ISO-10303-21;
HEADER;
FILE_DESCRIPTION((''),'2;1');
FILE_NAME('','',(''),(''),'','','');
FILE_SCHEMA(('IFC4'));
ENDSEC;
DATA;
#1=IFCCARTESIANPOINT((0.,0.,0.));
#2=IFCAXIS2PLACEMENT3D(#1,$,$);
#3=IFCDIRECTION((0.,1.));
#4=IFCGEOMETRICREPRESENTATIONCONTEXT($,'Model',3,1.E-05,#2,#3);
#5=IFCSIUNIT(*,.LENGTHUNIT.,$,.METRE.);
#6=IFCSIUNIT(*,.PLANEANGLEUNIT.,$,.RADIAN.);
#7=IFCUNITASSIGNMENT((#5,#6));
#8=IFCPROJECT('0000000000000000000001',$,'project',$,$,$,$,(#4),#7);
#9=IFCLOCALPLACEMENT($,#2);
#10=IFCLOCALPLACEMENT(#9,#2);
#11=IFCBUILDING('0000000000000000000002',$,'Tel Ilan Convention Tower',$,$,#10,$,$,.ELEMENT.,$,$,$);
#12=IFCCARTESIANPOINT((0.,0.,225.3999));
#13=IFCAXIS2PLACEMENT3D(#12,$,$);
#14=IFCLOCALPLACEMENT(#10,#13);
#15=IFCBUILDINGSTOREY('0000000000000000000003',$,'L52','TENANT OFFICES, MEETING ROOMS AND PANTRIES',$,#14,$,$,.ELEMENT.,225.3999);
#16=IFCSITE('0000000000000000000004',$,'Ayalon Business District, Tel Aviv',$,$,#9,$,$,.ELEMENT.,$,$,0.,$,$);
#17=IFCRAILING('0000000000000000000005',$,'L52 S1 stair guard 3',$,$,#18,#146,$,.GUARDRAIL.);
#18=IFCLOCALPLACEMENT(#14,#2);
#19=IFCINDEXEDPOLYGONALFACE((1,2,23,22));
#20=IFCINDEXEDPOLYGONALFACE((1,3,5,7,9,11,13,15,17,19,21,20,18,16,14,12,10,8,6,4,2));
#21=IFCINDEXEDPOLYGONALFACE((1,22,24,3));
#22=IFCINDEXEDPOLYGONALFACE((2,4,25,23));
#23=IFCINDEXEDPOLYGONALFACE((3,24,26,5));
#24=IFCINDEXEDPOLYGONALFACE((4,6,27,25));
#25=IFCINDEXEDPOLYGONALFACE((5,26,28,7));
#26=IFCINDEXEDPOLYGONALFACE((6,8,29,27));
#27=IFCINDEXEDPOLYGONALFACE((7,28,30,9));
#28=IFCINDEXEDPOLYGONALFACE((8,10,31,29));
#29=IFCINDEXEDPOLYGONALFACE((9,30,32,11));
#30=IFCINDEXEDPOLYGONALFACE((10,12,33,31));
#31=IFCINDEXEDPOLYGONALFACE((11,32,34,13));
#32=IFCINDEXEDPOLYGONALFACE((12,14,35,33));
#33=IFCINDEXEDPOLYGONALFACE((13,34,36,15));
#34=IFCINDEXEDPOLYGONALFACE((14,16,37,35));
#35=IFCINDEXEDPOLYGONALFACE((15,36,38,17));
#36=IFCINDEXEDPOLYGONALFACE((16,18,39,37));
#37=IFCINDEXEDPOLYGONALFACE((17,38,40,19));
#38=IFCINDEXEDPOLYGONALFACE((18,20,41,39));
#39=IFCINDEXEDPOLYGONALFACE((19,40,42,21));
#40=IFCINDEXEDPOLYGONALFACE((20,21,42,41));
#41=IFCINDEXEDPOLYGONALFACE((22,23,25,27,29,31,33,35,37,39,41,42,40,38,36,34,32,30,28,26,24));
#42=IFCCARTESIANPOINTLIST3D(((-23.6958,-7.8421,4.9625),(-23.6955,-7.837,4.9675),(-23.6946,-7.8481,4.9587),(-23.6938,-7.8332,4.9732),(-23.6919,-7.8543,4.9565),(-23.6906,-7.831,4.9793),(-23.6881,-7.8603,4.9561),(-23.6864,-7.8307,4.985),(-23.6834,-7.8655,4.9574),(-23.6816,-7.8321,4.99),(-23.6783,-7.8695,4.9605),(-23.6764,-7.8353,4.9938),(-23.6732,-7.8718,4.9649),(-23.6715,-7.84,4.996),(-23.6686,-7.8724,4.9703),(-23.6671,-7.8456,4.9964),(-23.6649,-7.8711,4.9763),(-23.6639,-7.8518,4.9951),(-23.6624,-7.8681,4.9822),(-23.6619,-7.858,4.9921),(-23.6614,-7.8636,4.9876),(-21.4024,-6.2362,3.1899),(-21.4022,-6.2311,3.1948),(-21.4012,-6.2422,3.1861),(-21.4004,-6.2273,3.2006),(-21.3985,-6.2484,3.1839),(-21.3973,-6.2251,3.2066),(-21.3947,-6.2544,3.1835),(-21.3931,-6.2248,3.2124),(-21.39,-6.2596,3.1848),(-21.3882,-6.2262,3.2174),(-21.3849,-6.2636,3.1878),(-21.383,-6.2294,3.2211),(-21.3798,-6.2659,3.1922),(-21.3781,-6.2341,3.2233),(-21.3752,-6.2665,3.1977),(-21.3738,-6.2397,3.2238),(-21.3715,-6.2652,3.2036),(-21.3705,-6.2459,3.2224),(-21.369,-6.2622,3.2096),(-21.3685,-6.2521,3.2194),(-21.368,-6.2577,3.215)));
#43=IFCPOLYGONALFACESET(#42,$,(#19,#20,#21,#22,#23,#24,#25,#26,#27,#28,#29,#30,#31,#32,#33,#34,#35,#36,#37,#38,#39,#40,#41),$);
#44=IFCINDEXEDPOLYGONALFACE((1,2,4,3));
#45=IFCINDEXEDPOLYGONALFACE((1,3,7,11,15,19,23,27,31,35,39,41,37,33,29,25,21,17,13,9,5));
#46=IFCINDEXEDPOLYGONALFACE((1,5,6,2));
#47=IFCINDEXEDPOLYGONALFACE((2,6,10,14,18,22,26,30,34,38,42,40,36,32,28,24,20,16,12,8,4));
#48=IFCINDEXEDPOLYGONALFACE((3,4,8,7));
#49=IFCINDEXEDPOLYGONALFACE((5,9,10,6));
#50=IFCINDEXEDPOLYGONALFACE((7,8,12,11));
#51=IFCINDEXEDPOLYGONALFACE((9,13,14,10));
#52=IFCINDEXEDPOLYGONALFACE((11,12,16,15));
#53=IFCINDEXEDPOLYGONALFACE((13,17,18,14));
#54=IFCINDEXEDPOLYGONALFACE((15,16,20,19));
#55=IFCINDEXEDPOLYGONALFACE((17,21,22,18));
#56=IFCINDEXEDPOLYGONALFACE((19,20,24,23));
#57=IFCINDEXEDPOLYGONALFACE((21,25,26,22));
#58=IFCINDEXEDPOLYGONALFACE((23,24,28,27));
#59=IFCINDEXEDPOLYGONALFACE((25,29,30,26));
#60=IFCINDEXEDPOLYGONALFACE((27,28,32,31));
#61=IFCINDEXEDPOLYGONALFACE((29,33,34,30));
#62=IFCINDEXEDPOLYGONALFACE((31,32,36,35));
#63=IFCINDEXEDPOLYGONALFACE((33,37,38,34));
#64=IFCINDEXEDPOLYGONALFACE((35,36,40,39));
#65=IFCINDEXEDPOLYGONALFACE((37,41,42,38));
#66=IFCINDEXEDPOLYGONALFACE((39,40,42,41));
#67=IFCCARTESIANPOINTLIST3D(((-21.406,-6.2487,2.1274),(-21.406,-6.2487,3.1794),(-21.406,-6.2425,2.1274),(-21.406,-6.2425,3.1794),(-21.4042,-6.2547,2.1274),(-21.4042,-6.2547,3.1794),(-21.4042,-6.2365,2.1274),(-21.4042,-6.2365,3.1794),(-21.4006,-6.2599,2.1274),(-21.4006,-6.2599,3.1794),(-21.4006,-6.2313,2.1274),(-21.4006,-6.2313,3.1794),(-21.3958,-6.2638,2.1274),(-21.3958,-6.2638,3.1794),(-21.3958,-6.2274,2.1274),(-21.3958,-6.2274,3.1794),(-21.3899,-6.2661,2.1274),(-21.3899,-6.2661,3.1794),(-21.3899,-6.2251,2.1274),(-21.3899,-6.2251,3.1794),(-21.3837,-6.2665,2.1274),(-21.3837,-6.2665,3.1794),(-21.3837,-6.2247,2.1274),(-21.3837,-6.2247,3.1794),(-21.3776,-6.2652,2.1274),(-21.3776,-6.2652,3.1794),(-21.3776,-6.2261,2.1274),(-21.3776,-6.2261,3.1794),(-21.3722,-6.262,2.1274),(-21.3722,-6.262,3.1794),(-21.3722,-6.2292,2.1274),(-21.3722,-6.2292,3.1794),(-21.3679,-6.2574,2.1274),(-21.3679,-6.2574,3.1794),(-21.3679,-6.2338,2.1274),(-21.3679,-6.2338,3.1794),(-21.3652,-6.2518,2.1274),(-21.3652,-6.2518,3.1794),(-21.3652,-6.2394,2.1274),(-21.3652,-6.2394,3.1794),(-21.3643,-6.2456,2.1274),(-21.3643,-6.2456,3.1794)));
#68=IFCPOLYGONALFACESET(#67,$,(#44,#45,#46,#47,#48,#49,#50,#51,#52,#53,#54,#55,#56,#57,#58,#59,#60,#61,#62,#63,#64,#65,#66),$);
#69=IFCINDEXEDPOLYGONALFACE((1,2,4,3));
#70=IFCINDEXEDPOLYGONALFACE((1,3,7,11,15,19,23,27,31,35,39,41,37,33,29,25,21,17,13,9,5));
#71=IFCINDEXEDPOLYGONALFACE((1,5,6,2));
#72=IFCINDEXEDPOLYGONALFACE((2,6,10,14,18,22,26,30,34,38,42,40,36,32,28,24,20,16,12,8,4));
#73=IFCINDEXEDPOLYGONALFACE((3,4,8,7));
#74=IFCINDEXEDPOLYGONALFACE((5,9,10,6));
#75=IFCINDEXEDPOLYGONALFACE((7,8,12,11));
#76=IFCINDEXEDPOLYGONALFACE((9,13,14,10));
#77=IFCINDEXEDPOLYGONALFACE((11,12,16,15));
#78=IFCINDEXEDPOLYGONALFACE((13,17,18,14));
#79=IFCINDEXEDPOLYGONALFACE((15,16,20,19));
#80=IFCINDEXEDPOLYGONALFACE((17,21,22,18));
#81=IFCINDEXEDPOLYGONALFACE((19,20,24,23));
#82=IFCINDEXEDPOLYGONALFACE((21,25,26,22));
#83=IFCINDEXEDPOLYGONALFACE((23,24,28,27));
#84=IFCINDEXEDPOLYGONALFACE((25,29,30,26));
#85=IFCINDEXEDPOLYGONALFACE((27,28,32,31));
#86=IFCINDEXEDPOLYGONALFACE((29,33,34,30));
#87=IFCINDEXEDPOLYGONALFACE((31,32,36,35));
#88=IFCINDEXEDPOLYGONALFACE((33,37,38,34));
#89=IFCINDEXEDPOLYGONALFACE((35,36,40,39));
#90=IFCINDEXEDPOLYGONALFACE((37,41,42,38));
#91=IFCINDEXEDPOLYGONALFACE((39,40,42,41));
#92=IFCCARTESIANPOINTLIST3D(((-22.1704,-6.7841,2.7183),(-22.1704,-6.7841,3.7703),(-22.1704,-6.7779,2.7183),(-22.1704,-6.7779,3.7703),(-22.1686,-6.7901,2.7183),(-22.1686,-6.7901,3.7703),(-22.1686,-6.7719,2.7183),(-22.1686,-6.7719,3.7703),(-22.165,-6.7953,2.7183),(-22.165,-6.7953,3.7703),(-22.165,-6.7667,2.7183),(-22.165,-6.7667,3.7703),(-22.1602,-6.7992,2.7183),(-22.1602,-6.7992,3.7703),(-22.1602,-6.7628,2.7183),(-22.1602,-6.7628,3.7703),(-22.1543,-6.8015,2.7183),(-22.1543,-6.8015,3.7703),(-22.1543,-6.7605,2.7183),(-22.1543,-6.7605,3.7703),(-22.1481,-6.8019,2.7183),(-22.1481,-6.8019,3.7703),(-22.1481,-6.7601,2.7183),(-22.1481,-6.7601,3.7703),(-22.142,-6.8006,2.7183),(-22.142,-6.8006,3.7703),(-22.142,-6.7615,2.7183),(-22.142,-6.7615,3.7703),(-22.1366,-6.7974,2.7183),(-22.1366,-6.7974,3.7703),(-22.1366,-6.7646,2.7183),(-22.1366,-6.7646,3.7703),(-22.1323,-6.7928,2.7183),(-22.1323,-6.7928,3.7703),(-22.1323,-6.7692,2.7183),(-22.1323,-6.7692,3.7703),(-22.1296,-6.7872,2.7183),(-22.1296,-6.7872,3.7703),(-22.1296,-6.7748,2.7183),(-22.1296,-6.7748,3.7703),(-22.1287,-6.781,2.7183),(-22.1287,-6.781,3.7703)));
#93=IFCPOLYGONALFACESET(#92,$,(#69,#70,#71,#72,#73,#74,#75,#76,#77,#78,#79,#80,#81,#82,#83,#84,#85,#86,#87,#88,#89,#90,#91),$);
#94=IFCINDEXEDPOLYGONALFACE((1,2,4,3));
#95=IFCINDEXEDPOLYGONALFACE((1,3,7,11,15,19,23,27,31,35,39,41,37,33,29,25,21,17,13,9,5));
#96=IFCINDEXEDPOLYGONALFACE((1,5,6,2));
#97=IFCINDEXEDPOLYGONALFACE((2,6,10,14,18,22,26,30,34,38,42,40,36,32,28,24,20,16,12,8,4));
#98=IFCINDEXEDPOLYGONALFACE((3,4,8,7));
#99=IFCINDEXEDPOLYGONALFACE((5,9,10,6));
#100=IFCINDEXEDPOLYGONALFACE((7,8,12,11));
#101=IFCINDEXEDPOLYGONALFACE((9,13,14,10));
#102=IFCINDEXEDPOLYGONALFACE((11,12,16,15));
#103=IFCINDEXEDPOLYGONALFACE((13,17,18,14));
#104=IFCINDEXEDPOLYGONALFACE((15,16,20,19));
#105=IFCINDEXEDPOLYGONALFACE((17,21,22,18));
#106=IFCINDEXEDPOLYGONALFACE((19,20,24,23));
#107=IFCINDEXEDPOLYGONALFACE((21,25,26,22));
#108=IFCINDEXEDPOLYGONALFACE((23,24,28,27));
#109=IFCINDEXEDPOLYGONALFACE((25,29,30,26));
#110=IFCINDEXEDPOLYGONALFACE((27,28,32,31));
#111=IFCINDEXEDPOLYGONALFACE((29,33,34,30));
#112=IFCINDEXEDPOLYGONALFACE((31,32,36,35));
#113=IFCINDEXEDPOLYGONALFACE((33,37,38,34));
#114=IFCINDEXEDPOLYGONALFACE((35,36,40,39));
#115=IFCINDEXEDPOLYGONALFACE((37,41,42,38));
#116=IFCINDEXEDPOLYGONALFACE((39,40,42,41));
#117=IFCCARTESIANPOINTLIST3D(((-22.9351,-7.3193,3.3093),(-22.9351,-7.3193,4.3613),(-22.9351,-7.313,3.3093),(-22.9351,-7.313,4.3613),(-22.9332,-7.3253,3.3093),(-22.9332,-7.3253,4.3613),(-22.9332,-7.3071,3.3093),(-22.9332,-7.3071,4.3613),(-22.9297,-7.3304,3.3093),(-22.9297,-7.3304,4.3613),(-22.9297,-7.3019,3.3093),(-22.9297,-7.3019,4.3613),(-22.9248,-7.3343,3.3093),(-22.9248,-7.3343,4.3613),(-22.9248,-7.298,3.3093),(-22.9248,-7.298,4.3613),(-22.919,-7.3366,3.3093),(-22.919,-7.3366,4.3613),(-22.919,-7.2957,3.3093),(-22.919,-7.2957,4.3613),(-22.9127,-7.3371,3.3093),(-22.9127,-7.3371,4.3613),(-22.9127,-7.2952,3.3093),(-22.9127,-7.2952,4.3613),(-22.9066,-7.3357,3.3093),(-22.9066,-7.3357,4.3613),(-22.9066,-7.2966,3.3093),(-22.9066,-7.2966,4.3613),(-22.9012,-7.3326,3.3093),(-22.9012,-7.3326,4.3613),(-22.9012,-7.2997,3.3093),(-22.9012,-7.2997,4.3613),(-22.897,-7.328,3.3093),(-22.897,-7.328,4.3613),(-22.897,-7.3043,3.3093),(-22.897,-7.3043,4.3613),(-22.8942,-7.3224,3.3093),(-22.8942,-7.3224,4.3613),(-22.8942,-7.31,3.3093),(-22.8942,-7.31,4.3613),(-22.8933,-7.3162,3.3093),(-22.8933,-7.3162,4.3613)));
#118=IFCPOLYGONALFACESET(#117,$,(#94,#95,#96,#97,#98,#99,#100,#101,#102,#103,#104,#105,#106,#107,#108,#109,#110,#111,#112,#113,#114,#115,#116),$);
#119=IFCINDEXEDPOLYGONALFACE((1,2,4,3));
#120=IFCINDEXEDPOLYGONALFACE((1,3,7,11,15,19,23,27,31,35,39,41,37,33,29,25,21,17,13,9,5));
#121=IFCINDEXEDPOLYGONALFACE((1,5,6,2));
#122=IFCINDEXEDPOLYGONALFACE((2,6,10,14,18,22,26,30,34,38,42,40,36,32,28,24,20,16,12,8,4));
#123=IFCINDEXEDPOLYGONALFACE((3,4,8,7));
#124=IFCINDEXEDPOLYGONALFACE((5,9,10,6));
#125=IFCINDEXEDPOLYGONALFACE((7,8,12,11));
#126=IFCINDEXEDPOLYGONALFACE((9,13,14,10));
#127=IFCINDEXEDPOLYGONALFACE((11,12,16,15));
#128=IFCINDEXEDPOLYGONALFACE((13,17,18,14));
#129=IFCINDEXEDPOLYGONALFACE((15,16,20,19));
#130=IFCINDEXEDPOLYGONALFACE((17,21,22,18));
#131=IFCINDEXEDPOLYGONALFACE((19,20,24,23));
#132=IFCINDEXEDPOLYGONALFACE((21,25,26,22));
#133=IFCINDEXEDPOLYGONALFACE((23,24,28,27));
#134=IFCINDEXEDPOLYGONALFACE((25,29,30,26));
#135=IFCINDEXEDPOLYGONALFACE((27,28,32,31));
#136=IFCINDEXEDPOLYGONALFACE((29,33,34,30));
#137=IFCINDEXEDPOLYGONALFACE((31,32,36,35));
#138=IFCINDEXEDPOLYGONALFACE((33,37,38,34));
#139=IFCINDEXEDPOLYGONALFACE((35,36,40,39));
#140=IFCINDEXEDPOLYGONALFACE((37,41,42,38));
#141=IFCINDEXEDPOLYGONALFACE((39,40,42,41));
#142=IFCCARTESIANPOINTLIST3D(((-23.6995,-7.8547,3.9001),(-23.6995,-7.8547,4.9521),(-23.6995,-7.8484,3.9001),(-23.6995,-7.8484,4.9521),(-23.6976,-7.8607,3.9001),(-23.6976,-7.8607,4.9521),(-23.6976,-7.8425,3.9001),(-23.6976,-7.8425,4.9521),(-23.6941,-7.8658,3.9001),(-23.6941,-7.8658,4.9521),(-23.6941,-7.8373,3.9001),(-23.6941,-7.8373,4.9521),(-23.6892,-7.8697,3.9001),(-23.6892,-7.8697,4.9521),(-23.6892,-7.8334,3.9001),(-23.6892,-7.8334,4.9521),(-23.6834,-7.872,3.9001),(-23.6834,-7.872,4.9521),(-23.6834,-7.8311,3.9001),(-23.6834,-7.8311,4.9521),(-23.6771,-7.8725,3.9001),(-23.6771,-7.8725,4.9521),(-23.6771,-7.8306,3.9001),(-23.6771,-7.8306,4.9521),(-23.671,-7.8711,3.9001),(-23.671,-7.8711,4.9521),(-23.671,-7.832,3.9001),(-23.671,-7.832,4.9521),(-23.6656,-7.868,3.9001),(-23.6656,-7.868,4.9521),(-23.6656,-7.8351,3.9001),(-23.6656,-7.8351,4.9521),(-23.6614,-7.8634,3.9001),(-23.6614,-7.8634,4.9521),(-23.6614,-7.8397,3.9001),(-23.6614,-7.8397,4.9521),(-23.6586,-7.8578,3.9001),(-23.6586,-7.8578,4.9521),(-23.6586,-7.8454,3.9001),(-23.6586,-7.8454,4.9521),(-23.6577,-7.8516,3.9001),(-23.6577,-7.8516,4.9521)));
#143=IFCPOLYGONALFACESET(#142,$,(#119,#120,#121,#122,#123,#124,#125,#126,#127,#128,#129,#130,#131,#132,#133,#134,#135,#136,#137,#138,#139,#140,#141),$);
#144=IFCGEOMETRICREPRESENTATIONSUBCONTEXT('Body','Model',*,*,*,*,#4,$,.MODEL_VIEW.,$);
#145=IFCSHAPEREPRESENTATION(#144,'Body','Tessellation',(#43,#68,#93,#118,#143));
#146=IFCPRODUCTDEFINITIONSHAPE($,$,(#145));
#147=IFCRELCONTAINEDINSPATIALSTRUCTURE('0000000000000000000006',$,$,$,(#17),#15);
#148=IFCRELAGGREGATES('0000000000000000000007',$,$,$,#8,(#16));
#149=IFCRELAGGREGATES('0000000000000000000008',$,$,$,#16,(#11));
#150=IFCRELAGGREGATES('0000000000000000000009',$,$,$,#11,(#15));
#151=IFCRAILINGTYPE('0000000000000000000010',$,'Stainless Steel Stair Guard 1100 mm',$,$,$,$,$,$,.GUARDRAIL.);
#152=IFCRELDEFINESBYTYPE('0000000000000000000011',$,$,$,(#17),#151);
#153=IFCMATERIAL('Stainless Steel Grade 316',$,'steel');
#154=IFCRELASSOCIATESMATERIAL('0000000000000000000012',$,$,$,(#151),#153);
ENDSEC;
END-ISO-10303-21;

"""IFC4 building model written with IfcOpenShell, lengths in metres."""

from ifc_helpers import new_model, si_unit, direction, frame, origin, origin_2d, place, context, subcontext, project, spatial, circle, extrude, material, type_object, element, save


model = new_model("IFC4")

# Units and contexts
model_context = context("Model", 3, precision=1e-05, world=origin(), true_north=direction((0.0, 1.0)))
body_context = subcontext(model_context, "Body", "Model", "MODEL_VIEW")
ifc_project = project(units=[si_unit("LENGTHUNIT", "METRE"), si_unit("PLANEANGLEUNIT", "RADIAN")], contexts=[model_context])

# Site, building, storey
site_placement = place(None, origin())
site = spatial("IfcSite", under=ifc_project, at=site_placement, Name="Ayalon Business District, Tel Aviv", CompositionType="ELEMENT", RefElevation=0.0)
building_placement = place(site_placement, origin())
building = spatial("IfcBuilding", under=site, at=building_placement, Name="Tel Ilan Convention Tower", CompositionType="ELEMENT")
storey_placement = place(building_placement, frame((0.0, 0.0, 225.3999)))
storey = spatial("IfcBuildingStorey", under=building, at=storey_placement, Name="L52", Description="TENANT OFFICES, MEETING ROOMS AND PANTRIES", CompositionType="ELEMENT", Elevation=225.3999)

# Railing
ifc_material_1 = material(Name="Stainless Steel Grade 316", Category="steel")
railing_type_1 = type_object("IfcRailingType", Name="Stainless Steel Stair Guard 1100 mm", PredefinedType="GUARDRAIL", material=ifc_material_1)
railing_1_placement = place(storey_placement, frame((-21.3853, -6.2456, 2.1274)))
element("IfcRailing", 1, at=railing_1_placement, inside=storey, type_object=railing_type_1, Name="L52 S1 stair guard 3", PredefinedType="GUARDRAIL", context=body_context, shape_type="SweptSolid", body=[
    extrude(circle(Radius=0.0239, at=origin_2d()), frame((0.0, 0.0, 1.0762), z_axis=(-0.692085, -0.484621, 0.53494), x_axis=(0.573591, -0.819142, 0.0)), (0.0, 0.0, 1.0), 3.3137),
    extrude(circle(Radius=0.021, at=origin_2d()), origin(), (0.0, 0.0, 1.0), 1.052),
    extrude(circle(Radius=0.021, at=origin_2d()), frame((-0.7644, -0.5354, 0.5908)), (0.0, 0.0, 1.0), 1.052),
    extrude(circle(Radius=0.021, at=origin_2d()), frame((-1.5291, -1.0706, 1.1819)), (0.0, 0.0, 1.0), 1.052),
    extrude(circle(Radius=0.021, at=origin_2d()), frame((-2.2935, -1.606, 1.7727)), (0.0, 0.0, 1.0), 1.052),
])

save(model, "model.ifc")
